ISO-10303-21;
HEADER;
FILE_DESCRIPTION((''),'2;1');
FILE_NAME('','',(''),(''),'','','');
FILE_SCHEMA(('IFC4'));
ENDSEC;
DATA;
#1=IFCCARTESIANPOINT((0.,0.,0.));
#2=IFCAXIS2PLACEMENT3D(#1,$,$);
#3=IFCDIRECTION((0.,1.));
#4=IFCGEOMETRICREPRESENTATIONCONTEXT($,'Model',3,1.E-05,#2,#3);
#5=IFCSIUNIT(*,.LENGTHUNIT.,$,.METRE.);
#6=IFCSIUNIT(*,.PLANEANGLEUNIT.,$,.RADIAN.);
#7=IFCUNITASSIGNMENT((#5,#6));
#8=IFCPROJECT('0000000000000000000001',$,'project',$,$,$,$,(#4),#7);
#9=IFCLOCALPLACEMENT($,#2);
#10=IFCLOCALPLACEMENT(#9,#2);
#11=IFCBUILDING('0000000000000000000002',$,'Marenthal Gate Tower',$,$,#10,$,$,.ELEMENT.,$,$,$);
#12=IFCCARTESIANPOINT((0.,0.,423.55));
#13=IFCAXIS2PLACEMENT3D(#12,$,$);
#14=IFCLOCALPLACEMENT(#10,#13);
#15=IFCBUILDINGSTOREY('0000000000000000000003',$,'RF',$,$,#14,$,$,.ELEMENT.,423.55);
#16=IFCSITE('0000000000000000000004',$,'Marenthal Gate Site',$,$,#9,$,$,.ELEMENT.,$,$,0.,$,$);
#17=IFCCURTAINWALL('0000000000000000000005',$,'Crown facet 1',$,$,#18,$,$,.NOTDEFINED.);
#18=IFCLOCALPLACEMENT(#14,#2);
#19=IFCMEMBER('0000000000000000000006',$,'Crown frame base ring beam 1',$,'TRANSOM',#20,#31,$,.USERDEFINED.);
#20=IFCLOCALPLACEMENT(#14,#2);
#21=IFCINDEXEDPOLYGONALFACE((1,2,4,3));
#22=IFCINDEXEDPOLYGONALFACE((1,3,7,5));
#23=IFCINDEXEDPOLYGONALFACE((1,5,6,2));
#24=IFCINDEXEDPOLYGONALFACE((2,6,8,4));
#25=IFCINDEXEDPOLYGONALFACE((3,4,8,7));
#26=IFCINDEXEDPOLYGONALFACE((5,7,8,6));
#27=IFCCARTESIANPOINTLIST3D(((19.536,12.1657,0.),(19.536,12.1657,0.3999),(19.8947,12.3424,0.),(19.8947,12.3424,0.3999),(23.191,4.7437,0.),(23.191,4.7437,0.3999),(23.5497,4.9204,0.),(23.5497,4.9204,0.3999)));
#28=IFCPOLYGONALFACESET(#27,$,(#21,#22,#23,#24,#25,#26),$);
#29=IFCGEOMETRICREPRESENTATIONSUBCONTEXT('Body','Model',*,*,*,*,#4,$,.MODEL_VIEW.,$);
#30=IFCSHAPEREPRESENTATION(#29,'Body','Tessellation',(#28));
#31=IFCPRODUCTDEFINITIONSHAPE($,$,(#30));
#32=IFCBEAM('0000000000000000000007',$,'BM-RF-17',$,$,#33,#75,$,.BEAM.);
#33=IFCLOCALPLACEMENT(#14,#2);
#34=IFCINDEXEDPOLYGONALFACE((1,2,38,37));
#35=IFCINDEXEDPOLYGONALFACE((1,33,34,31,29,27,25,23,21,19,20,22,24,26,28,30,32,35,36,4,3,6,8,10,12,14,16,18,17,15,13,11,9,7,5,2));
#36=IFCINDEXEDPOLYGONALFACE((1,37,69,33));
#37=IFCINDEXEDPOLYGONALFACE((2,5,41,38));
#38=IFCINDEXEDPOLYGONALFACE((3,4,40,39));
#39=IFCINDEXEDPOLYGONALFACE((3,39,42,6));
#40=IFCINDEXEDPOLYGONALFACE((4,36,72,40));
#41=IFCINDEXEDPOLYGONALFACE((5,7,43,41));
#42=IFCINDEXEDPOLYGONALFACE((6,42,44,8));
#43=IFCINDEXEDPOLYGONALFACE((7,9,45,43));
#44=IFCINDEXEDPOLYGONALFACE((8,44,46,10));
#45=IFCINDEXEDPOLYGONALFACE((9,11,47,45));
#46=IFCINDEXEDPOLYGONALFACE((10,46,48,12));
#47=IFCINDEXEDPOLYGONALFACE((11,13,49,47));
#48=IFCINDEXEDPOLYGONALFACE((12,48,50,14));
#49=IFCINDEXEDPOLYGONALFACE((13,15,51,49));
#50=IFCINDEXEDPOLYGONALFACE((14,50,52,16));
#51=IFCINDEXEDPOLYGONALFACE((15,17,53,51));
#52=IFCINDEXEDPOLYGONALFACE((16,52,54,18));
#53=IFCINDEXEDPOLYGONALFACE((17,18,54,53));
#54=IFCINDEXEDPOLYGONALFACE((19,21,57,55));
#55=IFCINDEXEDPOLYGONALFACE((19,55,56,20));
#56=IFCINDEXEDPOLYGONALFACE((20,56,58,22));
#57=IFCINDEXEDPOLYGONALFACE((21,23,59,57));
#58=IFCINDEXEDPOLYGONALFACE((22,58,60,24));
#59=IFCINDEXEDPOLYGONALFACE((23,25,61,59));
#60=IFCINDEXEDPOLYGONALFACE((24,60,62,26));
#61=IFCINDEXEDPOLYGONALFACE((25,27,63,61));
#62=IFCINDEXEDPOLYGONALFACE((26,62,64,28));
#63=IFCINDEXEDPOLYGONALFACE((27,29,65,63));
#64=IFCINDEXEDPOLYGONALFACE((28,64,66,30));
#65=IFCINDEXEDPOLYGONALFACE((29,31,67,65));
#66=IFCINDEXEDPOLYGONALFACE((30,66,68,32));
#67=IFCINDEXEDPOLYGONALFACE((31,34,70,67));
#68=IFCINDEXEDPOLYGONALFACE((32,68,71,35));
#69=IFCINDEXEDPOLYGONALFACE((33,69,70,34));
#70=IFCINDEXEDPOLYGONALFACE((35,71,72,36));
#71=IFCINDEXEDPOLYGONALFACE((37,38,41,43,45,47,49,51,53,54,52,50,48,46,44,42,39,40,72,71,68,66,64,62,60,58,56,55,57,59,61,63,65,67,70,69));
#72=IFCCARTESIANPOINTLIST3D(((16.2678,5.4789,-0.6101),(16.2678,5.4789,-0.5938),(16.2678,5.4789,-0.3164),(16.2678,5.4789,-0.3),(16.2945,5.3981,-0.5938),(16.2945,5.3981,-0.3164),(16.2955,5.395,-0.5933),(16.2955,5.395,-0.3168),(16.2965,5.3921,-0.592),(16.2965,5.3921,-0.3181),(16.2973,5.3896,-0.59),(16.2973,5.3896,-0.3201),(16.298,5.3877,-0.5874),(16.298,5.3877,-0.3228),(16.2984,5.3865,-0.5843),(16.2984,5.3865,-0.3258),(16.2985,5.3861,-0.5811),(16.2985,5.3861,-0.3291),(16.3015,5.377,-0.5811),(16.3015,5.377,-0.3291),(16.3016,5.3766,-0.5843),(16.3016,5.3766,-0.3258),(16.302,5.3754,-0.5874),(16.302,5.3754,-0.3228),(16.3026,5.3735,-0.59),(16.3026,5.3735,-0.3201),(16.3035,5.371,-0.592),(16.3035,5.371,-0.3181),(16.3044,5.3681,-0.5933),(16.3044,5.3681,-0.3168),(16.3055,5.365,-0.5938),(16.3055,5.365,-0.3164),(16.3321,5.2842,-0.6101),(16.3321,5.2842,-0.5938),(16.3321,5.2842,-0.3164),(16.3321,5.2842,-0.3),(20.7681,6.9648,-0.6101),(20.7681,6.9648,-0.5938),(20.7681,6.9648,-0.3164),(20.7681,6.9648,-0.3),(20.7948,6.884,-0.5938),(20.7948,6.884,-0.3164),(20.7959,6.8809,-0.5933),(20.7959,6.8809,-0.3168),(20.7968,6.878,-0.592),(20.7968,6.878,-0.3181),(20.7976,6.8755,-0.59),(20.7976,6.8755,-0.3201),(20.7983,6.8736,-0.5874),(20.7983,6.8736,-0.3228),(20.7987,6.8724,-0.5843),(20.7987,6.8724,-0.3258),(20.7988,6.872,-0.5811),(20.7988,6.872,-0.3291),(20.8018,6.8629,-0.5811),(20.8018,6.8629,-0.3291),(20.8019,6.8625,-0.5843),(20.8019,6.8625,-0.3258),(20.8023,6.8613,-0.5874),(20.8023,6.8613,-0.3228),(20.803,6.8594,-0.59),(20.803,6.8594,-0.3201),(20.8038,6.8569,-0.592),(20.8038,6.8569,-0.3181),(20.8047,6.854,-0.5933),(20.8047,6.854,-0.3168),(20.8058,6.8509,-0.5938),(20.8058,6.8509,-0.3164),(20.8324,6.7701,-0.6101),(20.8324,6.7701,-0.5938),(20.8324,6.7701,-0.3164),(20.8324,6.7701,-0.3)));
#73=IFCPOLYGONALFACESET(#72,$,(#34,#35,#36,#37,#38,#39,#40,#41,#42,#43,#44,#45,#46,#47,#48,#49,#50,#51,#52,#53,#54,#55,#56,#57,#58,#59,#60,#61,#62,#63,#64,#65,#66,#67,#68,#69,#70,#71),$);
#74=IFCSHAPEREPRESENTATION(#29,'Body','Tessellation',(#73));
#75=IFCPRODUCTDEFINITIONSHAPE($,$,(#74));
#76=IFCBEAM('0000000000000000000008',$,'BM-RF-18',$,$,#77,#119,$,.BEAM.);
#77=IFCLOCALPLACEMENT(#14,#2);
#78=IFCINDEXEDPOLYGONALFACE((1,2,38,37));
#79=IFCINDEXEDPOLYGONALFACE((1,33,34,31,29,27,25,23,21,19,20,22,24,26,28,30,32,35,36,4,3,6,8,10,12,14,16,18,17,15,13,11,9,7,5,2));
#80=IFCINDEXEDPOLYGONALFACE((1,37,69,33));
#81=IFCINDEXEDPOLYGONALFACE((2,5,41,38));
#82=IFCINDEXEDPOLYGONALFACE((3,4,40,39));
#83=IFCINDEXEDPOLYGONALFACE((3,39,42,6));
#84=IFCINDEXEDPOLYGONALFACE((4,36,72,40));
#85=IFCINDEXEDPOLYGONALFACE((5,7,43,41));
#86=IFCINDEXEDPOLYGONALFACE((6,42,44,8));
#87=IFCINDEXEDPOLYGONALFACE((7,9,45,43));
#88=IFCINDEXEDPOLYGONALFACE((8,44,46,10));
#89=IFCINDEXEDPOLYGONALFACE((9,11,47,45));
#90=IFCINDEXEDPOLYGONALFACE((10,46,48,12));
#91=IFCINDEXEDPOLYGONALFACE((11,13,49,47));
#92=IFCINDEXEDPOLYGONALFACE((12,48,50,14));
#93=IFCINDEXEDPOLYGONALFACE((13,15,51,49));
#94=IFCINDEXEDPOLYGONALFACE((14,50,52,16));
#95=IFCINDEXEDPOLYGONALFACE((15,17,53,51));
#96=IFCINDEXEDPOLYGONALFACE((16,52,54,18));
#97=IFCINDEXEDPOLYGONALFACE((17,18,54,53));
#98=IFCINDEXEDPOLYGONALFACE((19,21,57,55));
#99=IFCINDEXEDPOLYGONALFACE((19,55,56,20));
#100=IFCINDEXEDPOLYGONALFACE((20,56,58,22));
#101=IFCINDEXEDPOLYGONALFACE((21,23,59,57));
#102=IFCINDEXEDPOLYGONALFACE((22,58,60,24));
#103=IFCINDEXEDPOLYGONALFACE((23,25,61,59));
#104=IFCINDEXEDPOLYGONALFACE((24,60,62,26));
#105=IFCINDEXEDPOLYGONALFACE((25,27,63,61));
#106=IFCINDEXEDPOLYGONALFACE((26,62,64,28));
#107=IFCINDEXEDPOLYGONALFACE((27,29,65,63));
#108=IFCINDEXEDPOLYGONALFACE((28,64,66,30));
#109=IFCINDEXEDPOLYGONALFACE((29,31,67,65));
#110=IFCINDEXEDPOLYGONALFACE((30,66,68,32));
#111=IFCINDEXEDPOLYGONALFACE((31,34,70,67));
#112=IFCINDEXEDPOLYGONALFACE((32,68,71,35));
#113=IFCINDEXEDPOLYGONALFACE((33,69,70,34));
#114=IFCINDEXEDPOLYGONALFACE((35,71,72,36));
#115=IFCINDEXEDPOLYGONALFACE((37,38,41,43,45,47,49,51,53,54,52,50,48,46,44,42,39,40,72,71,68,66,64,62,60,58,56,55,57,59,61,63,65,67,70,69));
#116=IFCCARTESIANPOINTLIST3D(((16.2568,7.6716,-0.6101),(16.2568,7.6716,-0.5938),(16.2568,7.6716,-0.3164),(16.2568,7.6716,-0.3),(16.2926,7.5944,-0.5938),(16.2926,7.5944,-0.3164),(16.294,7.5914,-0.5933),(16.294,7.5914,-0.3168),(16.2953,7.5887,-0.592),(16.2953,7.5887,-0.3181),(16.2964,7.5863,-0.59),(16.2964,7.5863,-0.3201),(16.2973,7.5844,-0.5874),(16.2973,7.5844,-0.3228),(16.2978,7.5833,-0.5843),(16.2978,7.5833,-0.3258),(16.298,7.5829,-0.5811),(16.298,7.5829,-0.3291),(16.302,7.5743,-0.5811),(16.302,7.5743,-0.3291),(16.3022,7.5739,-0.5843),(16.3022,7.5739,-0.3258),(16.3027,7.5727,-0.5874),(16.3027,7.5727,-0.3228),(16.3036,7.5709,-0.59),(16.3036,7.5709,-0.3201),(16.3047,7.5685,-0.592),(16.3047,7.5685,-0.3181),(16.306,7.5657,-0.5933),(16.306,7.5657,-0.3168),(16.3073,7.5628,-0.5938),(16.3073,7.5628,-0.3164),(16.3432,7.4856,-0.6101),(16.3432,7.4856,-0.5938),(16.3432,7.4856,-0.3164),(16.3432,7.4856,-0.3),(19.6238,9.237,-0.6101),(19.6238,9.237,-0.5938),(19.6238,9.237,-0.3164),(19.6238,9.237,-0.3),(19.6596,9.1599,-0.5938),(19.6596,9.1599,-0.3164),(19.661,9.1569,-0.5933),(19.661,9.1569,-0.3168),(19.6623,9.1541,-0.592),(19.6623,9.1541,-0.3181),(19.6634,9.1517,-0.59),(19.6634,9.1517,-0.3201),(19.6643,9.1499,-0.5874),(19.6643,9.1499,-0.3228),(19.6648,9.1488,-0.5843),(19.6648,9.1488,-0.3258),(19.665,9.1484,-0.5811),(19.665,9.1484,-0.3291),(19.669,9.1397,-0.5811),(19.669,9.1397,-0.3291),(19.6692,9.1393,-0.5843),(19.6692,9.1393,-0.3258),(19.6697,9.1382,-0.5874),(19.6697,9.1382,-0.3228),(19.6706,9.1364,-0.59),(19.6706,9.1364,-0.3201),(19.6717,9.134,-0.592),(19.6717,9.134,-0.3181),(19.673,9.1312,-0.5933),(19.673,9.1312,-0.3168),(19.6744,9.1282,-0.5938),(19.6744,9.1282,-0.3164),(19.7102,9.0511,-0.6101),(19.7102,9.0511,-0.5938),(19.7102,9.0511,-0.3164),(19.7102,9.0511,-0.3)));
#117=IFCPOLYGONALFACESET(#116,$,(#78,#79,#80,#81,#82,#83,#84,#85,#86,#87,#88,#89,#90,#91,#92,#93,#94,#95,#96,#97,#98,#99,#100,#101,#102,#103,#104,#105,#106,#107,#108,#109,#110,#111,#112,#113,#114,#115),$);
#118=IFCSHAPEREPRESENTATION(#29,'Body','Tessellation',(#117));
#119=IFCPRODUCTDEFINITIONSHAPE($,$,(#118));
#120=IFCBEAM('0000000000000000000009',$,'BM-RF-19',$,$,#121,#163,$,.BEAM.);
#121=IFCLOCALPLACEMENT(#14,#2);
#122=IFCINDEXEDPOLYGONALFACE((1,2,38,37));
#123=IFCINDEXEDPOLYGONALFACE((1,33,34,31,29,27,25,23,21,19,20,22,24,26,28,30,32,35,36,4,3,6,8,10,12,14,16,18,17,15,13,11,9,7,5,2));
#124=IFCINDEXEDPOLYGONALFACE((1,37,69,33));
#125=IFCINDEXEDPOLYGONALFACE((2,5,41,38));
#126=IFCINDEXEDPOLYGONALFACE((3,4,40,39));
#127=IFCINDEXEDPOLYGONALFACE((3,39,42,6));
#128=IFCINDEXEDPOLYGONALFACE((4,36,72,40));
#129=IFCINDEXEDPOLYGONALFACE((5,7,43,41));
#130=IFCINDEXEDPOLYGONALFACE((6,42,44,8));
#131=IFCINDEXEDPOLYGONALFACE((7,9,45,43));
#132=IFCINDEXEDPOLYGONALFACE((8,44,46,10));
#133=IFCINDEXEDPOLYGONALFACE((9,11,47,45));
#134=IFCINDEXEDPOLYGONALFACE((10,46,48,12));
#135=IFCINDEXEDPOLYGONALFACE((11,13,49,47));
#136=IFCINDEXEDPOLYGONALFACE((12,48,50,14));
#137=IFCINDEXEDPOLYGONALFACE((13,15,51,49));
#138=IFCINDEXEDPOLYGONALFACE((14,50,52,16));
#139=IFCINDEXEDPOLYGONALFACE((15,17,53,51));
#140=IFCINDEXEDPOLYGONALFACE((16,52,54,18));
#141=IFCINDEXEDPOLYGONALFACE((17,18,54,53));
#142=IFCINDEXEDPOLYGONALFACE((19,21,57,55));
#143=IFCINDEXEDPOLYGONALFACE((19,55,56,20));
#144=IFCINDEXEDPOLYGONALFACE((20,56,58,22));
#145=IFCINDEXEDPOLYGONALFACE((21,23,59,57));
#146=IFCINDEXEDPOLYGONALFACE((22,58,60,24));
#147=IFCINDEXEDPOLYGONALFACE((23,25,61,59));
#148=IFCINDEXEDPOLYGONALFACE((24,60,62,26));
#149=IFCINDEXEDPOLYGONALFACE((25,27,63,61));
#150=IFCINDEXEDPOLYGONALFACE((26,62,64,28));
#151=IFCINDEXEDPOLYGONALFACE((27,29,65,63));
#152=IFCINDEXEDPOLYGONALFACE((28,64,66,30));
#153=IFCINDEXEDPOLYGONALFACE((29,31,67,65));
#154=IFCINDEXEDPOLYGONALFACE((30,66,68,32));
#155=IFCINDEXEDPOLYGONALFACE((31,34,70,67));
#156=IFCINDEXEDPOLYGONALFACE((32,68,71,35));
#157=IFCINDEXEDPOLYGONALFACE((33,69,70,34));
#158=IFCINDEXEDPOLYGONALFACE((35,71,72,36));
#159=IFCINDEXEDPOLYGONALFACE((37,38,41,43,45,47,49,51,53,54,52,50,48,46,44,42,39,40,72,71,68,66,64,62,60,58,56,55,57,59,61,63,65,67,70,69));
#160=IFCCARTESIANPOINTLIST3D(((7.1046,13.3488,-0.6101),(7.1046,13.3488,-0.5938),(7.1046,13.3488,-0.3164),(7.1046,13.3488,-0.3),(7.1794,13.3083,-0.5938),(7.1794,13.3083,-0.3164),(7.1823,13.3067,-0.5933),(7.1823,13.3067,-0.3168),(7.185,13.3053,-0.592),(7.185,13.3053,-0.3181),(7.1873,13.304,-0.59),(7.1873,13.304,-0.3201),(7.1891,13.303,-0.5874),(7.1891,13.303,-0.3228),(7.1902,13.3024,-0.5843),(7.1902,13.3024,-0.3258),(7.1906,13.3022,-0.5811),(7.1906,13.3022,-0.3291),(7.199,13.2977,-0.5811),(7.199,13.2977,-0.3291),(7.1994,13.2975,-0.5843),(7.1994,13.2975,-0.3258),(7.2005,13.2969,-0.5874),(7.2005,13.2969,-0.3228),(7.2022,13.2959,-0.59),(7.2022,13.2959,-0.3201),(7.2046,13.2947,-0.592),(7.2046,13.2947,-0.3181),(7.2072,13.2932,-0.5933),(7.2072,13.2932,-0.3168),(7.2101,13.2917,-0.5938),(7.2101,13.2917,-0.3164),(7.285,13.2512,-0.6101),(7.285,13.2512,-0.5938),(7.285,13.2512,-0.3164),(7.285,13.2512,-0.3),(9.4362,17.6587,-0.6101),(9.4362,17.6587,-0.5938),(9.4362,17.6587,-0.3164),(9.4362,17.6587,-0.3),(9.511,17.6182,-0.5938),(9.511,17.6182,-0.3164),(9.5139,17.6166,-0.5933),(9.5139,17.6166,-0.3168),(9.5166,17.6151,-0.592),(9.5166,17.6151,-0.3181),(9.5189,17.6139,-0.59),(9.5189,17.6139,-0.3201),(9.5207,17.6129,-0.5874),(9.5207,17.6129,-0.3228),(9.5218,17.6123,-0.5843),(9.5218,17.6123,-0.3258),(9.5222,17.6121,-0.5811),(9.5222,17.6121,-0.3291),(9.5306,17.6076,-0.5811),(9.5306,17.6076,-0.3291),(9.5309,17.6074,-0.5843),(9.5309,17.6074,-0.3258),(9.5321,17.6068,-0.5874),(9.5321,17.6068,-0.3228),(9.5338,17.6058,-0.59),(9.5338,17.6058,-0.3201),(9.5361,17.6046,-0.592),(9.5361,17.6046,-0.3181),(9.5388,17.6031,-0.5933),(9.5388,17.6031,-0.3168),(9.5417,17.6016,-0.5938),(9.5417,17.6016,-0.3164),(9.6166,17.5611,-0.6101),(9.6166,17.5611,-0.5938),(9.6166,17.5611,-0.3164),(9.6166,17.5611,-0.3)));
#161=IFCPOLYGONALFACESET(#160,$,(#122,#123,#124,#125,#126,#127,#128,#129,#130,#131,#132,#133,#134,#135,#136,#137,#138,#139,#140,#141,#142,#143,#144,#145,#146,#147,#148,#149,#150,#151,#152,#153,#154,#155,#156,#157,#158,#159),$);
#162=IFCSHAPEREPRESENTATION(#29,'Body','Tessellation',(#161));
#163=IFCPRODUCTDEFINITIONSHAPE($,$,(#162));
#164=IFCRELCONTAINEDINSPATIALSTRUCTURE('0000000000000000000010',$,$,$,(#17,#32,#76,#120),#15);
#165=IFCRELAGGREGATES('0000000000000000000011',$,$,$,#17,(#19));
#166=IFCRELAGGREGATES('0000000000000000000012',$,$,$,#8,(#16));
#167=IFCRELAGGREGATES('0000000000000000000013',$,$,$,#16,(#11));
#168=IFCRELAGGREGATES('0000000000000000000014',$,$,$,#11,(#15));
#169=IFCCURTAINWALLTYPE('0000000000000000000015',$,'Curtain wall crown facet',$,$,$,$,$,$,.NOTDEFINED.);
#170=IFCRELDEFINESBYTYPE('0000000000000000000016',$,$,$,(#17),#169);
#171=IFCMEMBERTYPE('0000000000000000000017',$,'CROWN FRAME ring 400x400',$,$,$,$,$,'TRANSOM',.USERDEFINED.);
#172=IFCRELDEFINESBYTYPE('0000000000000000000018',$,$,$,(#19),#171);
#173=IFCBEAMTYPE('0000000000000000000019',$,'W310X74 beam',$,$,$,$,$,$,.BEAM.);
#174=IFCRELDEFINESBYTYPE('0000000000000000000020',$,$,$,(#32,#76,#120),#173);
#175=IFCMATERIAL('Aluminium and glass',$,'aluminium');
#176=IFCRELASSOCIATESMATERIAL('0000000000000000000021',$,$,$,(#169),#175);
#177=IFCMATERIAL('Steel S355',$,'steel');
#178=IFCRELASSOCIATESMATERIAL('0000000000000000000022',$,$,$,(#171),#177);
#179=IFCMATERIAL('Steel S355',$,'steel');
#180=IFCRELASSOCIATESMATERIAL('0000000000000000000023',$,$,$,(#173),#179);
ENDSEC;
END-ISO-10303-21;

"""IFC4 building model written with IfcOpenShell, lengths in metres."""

from ifc_helpers import new_model, si_unit, direction, frame, origin, origin_2d, place, context, subcontext, project, spatial, rectangle, i_section, extrude, material, material_profile, profile_set, type_object, element, aggregate, save


model = new_model("IFC4")

# Units and contexts
model_context = context("Model", 3, precision=1e-05, world=origin(), true_north=direction((0.0, 1.0)))
body_context = subcontext(model_context, "Body", "Model", "MODEL_VIEW")
ifc_project = project(units=[si_unit("LENGTHUNIT", "METRE"), si_unit("PLANEANGLEUNIT", "RADIAN")], contexts=[model_context])

# Site, building, storey
site_placement = place(None, origin())
site = spatial("IfcSite", under=ifc_project, at=site_placement, Name="Marenthal Gate Site", CompositionType="ELEMENT", RefElevation=0.0)
building_placement = place(site_placement, origin())
building = spatial("IfcBuilding", under=site, at=building_placement, Name="Marenthal Gate Tower", CompositionType="ELEMENT")
storey_placement = place(building_placement, frame((0.0, 0.0, 423.55)))
storey = spatial("IfcBuildingStorey", under=building, at=storey_placement, Name="RF", CompositionType="ELEMENT", Elevation=423.55)

# Curtain wall, member
ifc_material_1 = material(Name="Aluminium and glass", Category="aluminium")
curtain_wall_type = type_object("IfcCurtainWallType", Name="Curtain wall crown facet", PredefinedType="NOTDEFINED", material=ifc_material_1)
curtain_wall_1_placement = place(storey_placement, origin())
curtain_wall_1 = element("IfcCurtainWall", 1, at=curtain_wall_1_placement, inside=storey, type_object=curtain_wall_type, Name="Crown facet 1", PredefinedType="NOTDEFINED")
ifc_material_2 = material(Name="Steel S355", Category="steel")
ifc_material_profile_1 = material_profile(ifc_material_2, rectangle(XDim=0.3999, YDim=0.3999, at=origin_2d()), Name="Crown frame ring 400x400")
ifc_profile_set_1 = profile_set([ifc_material_profile_1], Name="Steel S355")
member_type = type_object("IfcMemberType", Name="CROWN FRAME ring 400x400", ElementType="TRANSOM", PredefinedType="USERDEFINED", material=ifc_profile_set_1)
member_placement = place(storey_placement, frame((23.3704, 4.832, 0.2), z_axis=(-0.441787, 0.89712, 0.0), x_axis=(-0.89712, -0.441787, 0.0)))
member = element("IfcMember", 2, at=member_placement, type_object=member_type, Name="Crown frame base ring beam 1", ObjectType="TRANSOM", PredefinedType="USERDEFINED", context=body_context, shape_type="SweptSolid", body=[
    extrude(rectangle(XDim=0.3999, YDim=0.3999, at=origin_2d()), origin(), (0.0, 0.0, 1.0), 8.2732),
])

# Beams
ifc_material_3 = material(Name="Steel S355", Category="steel")
ifc_material_profile_2 = material_profile(ifc_material_3, i_section(OverallWidth=0.2051, OverallDepth=0.3101, WebThickness=0.0095, FlangeThickness=0.0164, FilletRadius=0.0127, at=origin_2d()), Name="W310X74")
ifc_profile_set_2 = profile_set([ifc_material_profile_2], Name="Steel S355")
beam_type_1 = type_object("IfcBeamType", Name="W310X74 beam", PredefinedType="BEAM", material=ifc_profile_set_2)
beam_1_placement = place(storey_placement, frame((20.8003, 6.8674, -0.4551), z_axis=(-0.949581, -0.313522, 0.0), x_axis=(0.313522, -0.949581, 0.0)))
element("IfcBeam", 3, at=beam_1_placement, inside=storey, type_object=beam_type_1, Name="BM-RF-17", PredefinedType="BEAM", context=body_context, shape_type="SweptSolid", body=[
    extrude(i_section(OverallWidth=0.2051, OverallDepth=0.3101, WebThickness=0.0095, FlangeThickness=0.0164, FilletRadius=0.0127, at=origin_2d()), origin(), (0.0, 0.0, 1.0), 4.7393),
])
beam_2_placement = place(storey_placement, frame((19.667, 9.144, -0.4551), z_axis=(-0.906782, -0.4216, 0.0), x_axis=(0.4216, -0.906782, 0.0)))
element("IfcBeam", 4, at=beam_2_placement, inside=storey, type_object=beam_type_1, Name="BM-RF-18", PredefinedType="BEAM", context=body_context, shape_type="SweptSolid", body=[
    extrude(i_section(OverallWidth=0.2051, OverallDepth=0.3101, WebThickness=0.0095, FlangeThickness=0.0164, FilletRadius=0.0127, at=origin_2d()), origin(), (0.0, 0.0, 1.0), 3.7131),
])
beam_3_placement = place(storey_placement, frame((9.5264, 17.6099, -0.4551), z_axis=(-0.475819, -0.879543, 0.0), x_axis=(0.879543, -0.475819, 0.0)))
element("IfcBeam", 5, at=beam_3_placement, inside=storey, type_object=beam_type_1, Name="BM-RF-19", PredefinedType="BEAM", context=body_context, shape_type="SweptSolid", body=[
    extrude(i_section(OverallWidth=0.2051, OverallDepth=0.3101, WebThickness=0.0095, FlangeThickness=0.0164, FilletRadius=0.0127, at=origin_2d()), origin(), (0.0, 0.0, 1.0), 4.9001),
])

aggregate(curtain_wall_1, [member])

save(model, "model.ifc")
